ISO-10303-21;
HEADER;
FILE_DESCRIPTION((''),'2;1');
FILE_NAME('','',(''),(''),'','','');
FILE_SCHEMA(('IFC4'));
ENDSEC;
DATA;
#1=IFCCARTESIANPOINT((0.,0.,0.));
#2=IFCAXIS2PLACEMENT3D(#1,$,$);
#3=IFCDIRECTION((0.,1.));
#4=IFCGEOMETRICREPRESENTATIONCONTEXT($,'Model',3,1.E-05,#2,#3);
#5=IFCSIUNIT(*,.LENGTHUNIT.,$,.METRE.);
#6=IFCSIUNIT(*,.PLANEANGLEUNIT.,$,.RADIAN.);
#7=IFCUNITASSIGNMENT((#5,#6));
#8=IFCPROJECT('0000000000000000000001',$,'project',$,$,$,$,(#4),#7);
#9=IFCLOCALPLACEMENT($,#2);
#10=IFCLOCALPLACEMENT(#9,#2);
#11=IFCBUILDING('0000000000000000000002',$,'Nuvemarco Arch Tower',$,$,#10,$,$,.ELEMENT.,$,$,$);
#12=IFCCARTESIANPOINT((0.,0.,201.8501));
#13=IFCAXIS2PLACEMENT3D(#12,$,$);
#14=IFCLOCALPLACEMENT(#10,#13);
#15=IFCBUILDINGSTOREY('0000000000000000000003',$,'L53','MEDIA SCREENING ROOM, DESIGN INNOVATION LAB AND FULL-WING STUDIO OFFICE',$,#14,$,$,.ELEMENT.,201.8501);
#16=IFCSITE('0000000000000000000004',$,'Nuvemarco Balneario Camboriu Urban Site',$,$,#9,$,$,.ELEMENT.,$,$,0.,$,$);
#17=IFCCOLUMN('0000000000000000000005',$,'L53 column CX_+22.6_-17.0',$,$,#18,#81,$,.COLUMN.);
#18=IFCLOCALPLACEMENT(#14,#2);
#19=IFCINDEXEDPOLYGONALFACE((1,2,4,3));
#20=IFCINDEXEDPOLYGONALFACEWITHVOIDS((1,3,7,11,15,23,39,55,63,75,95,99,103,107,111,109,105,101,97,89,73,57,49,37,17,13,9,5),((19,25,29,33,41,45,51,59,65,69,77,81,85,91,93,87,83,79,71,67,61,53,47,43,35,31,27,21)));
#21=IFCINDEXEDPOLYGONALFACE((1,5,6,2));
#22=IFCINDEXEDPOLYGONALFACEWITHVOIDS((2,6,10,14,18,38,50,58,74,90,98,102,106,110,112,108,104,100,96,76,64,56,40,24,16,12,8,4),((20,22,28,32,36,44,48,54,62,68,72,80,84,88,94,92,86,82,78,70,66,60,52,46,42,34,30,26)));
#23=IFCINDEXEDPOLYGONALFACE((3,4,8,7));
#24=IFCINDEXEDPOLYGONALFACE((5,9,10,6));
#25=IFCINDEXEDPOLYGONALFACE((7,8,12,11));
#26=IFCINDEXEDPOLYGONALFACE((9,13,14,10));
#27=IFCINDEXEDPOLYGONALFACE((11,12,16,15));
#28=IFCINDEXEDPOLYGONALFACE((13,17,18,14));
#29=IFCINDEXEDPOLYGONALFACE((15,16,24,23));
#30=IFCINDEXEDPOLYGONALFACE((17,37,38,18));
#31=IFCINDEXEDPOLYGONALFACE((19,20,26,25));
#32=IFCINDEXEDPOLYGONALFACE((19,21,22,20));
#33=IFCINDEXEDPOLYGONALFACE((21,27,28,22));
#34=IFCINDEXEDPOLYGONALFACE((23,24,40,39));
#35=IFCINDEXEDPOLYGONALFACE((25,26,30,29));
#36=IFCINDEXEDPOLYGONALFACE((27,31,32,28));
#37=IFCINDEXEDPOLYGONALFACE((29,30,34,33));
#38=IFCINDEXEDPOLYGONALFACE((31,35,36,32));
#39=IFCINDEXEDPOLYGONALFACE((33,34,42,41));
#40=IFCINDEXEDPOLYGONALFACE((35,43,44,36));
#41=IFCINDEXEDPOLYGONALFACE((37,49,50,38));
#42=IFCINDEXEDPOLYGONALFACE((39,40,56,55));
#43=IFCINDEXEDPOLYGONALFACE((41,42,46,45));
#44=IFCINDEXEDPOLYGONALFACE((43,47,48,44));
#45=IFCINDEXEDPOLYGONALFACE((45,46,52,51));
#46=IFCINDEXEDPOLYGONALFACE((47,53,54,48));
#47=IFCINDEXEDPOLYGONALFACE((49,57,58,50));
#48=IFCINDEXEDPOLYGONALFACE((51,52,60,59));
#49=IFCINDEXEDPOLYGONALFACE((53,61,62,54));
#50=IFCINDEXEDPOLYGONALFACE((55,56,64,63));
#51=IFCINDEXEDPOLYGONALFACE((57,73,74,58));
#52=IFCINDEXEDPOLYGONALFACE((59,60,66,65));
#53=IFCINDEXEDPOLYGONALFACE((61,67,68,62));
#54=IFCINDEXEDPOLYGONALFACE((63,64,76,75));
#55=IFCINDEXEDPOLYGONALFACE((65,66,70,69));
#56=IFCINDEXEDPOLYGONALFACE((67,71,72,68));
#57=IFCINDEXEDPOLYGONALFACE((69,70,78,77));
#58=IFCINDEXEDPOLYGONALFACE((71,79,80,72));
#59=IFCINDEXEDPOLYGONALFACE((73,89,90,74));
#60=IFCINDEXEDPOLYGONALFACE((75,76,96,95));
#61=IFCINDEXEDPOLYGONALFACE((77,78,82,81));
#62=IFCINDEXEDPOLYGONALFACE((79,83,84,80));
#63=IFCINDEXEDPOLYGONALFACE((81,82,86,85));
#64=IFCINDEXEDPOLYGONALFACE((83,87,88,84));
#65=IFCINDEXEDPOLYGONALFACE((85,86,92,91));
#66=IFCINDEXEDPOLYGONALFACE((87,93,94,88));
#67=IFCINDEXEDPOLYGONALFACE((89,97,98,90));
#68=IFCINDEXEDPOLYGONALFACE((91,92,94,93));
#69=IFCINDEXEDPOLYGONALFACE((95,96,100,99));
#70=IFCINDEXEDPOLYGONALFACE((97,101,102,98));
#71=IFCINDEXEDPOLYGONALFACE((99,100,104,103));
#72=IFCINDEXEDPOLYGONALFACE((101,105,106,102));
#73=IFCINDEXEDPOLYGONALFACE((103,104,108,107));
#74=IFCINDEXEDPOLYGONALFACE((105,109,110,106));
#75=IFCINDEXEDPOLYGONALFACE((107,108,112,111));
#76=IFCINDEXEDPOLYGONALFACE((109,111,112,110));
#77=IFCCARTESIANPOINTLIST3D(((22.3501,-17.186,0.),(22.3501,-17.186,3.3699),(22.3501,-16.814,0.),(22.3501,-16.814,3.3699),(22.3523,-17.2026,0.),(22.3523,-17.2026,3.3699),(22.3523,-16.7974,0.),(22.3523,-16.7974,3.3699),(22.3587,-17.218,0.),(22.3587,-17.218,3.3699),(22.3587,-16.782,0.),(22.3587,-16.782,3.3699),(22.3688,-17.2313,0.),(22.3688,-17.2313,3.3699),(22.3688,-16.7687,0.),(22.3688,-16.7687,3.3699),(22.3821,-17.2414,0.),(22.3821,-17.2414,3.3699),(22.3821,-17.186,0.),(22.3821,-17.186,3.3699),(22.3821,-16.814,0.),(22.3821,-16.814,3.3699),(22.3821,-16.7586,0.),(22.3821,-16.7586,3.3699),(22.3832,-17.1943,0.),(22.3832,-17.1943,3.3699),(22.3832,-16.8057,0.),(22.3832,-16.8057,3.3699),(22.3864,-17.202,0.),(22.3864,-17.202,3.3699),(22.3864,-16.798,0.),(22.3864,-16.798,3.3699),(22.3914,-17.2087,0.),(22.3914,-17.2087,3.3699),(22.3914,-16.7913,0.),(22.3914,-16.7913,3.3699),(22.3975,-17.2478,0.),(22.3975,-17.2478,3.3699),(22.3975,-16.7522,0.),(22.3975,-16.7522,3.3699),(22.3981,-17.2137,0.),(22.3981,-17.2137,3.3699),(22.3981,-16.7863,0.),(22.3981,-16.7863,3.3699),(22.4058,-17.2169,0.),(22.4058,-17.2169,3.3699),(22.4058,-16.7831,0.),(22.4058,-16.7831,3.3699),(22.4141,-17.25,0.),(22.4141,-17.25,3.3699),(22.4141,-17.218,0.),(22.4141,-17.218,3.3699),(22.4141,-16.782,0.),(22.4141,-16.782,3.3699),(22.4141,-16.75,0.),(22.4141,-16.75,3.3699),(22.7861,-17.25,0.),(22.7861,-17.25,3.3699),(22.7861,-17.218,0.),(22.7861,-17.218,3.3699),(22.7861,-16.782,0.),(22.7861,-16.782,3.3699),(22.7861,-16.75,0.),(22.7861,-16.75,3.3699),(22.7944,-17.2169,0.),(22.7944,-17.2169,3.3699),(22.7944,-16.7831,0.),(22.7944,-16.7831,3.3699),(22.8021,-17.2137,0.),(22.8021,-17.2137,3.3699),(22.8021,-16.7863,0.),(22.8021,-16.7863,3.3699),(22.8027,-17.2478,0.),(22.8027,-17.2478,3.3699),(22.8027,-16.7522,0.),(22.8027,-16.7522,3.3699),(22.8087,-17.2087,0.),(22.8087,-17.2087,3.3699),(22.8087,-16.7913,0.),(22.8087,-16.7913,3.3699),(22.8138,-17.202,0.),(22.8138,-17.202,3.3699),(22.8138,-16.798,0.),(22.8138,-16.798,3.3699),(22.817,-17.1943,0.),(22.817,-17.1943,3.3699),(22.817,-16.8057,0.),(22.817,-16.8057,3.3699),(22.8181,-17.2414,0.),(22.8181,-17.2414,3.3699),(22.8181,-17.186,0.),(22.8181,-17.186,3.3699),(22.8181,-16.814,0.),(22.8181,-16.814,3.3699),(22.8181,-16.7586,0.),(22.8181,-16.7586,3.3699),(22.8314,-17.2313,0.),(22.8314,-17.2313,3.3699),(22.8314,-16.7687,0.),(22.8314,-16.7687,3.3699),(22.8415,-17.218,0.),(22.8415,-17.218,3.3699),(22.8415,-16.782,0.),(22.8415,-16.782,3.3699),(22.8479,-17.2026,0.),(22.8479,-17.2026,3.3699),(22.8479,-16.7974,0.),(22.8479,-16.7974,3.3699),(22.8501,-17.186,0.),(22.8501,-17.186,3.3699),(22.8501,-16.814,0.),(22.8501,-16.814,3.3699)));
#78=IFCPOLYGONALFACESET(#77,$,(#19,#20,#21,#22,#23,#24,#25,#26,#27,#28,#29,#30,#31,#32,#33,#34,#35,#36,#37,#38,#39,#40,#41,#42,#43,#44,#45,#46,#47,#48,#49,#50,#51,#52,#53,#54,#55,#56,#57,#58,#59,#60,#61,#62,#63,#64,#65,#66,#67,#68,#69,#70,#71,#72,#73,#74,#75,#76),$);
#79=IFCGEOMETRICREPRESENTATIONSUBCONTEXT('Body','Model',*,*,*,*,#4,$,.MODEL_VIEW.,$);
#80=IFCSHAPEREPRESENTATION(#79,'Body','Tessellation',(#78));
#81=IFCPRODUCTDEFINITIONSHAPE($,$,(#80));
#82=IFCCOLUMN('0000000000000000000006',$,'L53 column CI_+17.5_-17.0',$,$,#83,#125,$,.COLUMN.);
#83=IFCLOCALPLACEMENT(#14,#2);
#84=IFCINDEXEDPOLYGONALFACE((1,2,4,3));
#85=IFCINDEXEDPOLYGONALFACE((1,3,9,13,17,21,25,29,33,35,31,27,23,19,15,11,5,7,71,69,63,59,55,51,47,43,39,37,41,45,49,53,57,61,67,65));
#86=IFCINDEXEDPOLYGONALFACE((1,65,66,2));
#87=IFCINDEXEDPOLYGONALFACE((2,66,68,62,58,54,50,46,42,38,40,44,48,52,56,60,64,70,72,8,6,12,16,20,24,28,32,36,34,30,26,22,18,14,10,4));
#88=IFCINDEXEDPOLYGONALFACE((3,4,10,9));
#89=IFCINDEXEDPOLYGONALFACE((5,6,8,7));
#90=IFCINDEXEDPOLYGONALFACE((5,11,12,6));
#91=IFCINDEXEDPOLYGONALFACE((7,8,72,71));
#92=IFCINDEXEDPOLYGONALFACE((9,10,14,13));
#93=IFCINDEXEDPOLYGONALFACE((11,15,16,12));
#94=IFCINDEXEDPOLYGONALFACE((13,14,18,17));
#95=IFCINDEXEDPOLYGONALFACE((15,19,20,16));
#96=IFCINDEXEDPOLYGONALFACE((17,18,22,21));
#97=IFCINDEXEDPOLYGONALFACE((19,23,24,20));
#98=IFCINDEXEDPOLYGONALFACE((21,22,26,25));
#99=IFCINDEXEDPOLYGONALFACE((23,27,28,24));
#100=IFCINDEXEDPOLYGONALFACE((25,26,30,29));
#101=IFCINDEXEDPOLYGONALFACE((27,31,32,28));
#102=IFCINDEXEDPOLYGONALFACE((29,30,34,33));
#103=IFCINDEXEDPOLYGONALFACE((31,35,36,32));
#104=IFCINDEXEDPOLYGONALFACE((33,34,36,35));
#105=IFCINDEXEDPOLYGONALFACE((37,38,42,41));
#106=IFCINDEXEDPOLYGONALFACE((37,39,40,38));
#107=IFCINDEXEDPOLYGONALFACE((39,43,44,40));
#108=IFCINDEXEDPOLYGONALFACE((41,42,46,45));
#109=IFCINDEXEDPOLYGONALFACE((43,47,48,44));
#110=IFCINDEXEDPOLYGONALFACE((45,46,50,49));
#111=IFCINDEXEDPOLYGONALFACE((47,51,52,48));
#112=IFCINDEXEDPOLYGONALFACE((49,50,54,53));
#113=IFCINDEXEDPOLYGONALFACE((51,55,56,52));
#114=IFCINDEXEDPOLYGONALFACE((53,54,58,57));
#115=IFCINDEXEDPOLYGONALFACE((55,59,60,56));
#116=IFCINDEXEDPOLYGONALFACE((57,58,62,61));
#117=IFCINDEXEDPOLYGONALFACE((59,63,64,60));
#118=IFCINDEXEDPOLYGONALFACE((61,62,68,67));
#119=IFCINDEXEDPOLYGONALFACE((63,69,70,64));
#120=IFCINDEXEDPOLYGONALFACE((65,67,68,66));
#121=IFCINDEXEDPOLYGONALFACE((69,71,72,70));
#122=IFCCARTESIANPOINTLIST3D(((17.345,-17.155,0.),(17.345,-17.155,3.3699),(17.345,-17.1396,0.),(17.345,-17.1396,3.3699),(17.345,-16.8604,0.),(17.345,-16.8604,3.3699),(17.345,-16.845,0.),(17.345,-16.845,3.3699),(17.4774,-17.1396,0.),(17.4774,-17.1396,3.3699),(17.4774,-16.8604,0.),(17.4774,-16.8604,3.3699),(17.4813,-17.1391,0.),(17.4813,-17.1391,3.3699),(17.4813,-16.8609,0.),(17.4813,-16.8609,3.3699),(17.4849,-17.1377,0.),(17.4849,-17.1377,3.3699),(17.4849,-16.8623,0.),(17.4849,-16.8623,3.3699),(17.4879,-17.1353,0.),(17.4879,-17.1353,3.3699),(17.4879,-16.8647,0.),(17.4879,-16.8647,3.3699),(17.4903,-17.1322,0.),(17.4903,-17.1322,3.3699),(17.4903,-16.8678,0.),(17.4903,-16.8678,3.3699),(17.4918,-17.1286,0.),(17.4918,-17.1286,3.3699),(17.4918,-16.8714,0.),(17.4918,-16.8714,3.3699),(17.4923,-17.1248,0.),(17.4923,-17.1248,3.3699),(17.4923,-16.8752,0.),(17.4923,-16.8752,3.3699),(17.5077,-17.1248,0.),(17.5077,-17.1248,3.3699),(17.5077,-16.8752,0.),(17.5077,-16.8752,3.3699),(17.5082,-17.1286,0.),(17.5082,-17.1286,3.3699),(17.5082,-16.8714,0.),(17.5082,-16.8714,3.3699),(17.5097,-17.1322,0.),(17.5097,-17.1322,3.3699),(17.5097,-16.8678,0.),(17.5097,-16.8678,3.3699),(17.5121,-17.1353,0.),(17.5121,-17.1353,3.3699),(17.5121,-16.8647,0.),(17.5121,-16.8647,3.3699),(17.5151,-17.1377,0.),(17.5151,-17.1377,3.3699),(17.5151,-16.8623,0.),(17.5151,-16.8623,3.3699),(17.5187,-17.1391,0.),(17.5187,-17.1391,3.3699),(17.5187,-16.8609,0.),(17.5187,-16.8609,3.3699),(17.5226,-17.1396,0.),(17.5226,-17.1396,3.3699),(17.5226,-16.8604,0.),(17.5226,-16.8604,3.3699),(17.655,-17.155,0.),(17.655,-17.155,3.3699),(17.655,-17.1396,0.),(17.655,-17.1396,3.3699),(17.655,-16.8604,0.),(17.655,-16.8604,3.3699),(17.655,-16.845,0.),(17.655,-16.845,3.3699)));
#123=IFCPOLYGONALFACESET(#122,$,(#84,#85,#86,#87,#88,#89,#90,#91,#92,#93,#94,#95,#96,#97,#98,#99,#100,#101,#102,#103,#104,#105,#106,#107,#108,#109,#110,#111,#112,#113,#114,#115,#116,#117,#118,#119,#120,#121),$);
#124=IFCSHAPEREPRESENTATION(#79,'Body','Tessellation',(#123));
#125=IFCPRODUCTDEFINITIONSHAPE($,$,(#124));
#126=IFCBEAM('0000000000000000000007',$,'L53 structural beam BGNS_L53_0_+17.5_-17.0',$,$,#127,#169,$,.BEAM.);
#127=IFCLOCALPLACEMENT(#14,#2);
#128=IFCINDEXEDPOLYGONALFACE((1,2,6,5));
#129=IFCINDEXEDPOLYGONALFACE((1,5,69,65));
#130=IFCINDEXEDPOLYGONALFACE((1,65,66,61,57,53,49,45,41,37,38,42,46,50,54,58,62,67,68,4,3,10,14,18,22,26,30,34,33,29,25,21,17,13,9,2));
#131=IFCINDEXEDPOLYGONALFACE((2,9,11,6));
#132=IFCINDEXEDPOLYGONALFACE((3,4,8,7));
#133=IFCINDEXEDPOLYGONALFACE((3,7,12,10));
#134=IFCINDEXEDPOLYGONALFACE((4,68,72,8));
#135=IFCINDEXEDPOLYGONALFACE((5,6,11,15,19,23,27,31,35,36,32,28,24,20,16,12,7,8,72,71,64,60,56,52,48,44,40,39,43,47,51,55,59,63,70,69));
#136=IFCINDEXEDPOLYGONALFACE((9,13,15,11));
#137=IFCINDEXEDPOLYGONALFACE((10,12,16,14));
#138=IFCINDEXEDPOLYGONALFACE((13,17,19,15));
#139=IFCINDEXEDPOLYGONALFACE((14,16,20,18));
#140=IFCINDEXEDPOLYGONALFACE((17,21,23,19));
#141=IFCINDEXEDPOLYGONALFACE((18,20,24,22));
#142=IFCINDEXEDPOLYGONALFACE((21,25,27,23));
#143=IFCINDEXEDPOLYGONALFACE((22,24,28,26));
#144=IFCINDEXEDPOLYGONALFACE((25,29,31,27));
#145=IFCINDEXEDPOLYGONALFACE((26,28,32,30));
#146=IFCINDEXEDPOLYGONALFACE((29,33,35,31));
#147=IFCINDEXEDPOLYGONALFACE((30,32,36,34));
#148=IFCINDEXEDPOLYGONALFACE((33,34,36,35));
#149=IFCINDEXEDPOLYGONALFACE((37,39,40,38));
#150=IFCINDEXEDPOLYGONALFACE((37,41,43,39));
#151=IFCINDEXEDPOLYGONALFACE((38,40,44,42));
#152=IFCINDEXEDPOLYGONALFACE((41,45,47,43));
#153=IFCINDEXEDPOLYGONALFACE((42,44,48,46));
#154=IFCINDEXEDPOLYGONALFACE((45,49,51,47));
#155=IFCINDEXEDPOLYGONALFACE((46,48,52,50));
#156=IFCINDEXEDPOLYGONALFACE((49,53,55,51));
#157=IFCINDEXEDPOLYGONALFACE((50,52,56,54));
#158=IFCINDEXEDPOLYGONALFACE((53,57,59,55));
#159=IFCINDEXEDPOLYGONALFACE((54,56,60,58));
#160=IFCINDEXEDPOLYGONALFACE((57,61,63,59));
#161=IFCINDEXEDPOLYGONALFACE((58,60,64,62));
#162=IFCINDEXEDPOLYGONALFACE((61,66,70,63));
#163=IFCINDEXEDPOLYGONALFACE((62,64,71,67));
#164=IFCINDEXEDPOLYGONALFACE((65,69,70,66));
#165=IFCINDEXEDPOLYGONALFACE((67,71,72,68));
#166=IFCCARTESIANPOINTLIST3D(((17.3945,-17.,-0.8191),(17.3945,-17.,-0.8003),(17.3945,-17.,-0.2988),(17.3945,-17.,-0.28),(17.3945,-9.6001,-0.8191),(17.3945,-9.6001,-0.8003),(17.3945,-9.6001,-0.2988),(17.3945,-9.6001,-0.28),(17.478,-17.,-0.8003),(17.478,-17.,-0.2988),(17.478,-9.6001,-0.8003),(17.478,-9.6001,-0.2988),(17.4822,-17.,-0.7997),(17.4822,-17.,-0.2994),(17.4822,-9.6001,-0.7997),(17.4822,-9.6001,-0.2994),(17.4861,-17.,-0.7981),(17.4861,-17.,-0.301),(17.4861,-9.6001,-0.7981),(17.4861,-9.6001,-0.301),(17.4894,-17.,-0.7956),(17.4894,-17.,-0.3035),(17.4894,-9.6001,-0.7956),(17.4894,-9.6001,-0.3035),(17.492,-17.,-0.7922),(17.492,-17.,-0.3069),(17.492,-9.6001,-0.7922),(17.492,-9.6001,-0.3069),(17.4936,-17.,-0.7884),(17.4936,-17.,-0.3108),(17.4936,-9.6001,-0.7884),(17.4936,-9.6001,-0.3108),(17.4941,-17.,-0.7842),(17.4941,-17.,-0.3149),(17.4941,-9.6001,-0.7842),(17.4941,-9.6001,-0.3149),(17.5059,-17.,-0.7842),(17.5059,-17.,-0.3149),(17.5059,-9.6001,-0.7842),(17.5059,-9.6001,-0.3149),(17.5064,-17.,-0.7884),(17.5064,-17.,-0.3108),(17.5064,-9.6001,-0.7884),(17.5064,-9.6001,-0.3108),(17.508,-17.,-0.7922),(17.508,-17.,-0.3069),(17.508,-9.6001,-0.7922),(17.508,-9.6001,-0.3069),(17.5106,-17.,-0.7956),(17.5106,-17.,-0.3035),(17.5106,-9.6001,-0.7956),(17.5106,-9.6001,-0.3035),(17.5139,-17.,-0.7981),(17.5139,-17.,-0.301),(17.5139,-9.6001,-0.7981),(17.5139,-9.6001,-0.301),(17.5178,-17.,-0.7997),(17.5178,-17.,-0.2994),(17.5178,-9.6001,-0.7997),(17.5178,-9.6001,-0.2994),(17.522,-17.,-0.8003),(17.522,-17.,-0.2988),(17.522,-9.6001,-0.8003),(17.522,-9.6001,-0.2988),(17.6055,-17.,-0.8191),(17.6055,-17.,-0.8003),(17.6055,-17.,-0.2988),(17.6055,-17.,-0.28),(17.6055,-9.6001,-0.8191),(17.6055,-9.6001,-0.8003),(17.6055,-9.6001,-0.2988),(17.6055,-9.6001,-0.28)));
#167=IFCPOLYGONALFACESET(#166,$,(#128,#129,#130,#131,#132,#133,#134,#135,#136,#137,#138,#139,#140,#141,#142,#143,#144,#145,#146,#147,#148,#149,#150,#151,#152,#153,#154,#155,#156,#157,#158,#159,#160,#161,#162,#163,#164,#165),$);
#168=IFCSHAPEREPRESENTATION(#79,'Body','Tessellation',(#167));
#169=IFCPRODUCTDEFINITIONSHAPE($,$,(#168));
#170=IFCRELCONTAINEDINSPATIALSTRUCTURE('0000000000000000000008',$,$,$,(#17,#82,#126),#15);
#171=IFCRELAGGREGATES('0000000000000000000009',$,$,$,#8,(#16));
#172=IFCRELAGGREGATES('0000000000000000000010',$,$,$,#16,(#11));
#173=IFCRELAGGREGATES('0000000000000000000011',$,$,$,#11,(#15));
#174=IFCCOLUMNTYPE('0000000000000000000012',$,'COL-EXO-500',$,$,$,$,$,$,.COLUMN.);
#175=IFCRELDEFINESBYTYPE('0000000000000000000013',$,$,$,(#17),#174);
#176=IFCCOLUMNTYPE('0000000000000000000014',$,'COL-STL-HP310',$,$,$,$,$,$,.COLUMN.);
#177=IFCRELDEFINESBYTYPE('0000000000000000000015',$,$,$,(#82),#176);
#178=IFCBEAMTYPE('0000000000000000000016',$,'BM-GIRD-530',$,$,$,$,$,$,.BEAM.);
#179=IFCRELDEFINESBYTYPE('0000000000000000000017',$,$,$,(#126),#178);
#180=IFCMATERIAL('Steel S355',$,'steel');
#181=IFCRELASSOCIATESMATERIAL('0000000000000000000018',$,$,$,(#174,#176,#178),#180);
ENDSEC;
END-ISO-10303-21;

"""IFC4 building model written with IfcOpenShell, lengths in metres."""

from ifc_helpers import new_model, si_unit, direction, frame, origin, origin_2d, place, context, subcontext, project, spatial, hollow_rectangle, i_section, extrude, material, material_profile, profile_set, type_object, element, save


model = new_model("IFC4")

# Units and contexts
model_context = context("Model", 3, precision=1e-05, world=origin(), true_north=direction((0.0, 1.0)))
body_context = subcontext(model_context, "Body", "Model", "MODEL_VIEW")
ifc_project = project(units=[si_unit("LENGTHUNIT", "METRE"), si_unit("PLANEANGLEUNIT", "RADIAN")], contexts=[model_context])

# Site, building, storey
site_placement = place(None, origin())
site = spatial("IfcSite", under=ifc_project, at=site_placement, Name="Nuvemarco Balneario Camboriu Urban Site", CompositionType="ELEMENT", RefElevation=0.0)
building_placement = place(site_placement, origin())
building = spatial("IfcBuilding", under=site, at=building_placement, Name="Nuvemarco Arch Tower", CompositionType="ELEMENT")
storey_placement = place(building_placement, frame((0.0, 0.0, 201.8501)))
storey = spatial("IfcBuildingStorey", under=building, at=storey_placement, Name="L53", Description="MEDIA SCREENING ROOM, DESIGN INNOVATION LAB AND FULL-WING STUDIO OFFICE", CompositionType="ELEMENT", Elevation=201.8501)

# Columns
ifc_material_1 = material(Name="Steel S355", Category="steel")
ifc_material_profile_1 = material_profile(ifc_material_1, hollow_rectangle(XDim=0.5, YDim=0.5, WallThickness=0.032, InnerFilletRadius=0.032, OuterFilletRadius=0.064, at=origin_2d()), Name="SHS500x500x32")
ifc_profile_set_1 = profile_set([ifc_material_profile_1], Name="Steel S355")
column_type_1 = type_object("IfcColumnType", Name="COL-EXO-500", PredefinedType="COLUMN", material=ifc_profile_set_1)
column_1_placement = place(storey_placement, frame((22.6001, -17.0, 0.0), z_axis=(0.0, 0.0, 1.0), x_axis=(1.0, 0.0, 0.0)))
element("IfcColumn", 1, at=column_1_placement, inside=storey, type_object=column_type_1, Name="L53 column CX_+22.6_-17.0", PredefinedType="COLUMN", context=body_context, shape_type="SweptSolid", body=[
    extrude(hollow_rectangle(XDim=0.5, YDim=0.5, WallThickness=0.032, InnerFilletRadius=0.032, OuterFilletRadius=0.064, at=origin_2d()), origin(), (0.0, 0.0, 1.0), 3.3699),
])
ifc_material_profile_2 = material_profile(ifc_material_1, i_section(OverallWidth=0.3101, OverallDepth=0.3101, WebThickness=0.0154, FlangeThickness=0.0154, FilletRadius=0.0149, at=origin_2d()), Name="HP310x110")
ifc_profile_set_2 = profile_set([ifc_material_profile_2], Name="Steel S355")
column_type_2 = type_object("IfcColumnType", Name="COL-STL-HP310", PredefinedType="COLUMN", material=ifc_profile_set_2)
column_2_placement = place(storey_placement, frame((17.5, -17.0, 0.0), z_axis=(0.0, 0.0, 1.0), x_axis=(1.0, 0.0, 0.0)))
element("IfcColumn", 2, at=column_2_placement, inside=storey, type_object=column_type_2, Name="L53 column CI_+17.5_-17.0", PredefinedType="COLUMN", context=body_context, shape_type="SweptSolid", body=[
    extrude(i_section(OverallWidth=0.3101, OverallDepth=0.3101, WebThickness=0.0154, FlangeThickness=0.0154, FilletRadius=0.0149, at=origin_2d()), origin(), (0.0, 0.0, 1.0), 3.3699),
])

# Beam
ifc_material_profile_3 = material_profile(ifc_material_1, i_section(OverallWidth=0.2109, OverallDepth=0.5391, WebThickness=0.0117, FlangeThickness=0.0188, FilletRadius=0.0161, at=origin_2d()), Name="W530x109")
ifc_profile_set_3 = profile_set([ifc_material_profile_3], Name="Steel S355")
beam_type_1 = type_object("IfcBeamType", Name="BM-GIRD-530", PredefinedType="BEAM", material=ifc_profile_set_3)
beam_1_placement = place(storey_placement, frame((17.5, -17.0, -0.5496), z_axis=(0.0, 1.0, 0.0), x_axis=(-1.0, 0.0, 0.0)))
element("IfcBeam", 3, at=beam_1_placement, inside=storey, type_object=beam_type_1, Name="L53 structural beam BGNS_L53_0_+17.5_-17.0", PredefinedType="BEAM", context=body_context, shape_type="SweptSolid", body=[
    extrude(i_section(OverallWidth=0.2109, OverallDepth=0.5391, WebThickness=0.0117, FlangeThickness=0.0188, FilletRadius=0.0161, at=origin_2d()), origin(), (0.0, 0.0, 1.0), 7.3999),
])

save(model, "model.ifc")
